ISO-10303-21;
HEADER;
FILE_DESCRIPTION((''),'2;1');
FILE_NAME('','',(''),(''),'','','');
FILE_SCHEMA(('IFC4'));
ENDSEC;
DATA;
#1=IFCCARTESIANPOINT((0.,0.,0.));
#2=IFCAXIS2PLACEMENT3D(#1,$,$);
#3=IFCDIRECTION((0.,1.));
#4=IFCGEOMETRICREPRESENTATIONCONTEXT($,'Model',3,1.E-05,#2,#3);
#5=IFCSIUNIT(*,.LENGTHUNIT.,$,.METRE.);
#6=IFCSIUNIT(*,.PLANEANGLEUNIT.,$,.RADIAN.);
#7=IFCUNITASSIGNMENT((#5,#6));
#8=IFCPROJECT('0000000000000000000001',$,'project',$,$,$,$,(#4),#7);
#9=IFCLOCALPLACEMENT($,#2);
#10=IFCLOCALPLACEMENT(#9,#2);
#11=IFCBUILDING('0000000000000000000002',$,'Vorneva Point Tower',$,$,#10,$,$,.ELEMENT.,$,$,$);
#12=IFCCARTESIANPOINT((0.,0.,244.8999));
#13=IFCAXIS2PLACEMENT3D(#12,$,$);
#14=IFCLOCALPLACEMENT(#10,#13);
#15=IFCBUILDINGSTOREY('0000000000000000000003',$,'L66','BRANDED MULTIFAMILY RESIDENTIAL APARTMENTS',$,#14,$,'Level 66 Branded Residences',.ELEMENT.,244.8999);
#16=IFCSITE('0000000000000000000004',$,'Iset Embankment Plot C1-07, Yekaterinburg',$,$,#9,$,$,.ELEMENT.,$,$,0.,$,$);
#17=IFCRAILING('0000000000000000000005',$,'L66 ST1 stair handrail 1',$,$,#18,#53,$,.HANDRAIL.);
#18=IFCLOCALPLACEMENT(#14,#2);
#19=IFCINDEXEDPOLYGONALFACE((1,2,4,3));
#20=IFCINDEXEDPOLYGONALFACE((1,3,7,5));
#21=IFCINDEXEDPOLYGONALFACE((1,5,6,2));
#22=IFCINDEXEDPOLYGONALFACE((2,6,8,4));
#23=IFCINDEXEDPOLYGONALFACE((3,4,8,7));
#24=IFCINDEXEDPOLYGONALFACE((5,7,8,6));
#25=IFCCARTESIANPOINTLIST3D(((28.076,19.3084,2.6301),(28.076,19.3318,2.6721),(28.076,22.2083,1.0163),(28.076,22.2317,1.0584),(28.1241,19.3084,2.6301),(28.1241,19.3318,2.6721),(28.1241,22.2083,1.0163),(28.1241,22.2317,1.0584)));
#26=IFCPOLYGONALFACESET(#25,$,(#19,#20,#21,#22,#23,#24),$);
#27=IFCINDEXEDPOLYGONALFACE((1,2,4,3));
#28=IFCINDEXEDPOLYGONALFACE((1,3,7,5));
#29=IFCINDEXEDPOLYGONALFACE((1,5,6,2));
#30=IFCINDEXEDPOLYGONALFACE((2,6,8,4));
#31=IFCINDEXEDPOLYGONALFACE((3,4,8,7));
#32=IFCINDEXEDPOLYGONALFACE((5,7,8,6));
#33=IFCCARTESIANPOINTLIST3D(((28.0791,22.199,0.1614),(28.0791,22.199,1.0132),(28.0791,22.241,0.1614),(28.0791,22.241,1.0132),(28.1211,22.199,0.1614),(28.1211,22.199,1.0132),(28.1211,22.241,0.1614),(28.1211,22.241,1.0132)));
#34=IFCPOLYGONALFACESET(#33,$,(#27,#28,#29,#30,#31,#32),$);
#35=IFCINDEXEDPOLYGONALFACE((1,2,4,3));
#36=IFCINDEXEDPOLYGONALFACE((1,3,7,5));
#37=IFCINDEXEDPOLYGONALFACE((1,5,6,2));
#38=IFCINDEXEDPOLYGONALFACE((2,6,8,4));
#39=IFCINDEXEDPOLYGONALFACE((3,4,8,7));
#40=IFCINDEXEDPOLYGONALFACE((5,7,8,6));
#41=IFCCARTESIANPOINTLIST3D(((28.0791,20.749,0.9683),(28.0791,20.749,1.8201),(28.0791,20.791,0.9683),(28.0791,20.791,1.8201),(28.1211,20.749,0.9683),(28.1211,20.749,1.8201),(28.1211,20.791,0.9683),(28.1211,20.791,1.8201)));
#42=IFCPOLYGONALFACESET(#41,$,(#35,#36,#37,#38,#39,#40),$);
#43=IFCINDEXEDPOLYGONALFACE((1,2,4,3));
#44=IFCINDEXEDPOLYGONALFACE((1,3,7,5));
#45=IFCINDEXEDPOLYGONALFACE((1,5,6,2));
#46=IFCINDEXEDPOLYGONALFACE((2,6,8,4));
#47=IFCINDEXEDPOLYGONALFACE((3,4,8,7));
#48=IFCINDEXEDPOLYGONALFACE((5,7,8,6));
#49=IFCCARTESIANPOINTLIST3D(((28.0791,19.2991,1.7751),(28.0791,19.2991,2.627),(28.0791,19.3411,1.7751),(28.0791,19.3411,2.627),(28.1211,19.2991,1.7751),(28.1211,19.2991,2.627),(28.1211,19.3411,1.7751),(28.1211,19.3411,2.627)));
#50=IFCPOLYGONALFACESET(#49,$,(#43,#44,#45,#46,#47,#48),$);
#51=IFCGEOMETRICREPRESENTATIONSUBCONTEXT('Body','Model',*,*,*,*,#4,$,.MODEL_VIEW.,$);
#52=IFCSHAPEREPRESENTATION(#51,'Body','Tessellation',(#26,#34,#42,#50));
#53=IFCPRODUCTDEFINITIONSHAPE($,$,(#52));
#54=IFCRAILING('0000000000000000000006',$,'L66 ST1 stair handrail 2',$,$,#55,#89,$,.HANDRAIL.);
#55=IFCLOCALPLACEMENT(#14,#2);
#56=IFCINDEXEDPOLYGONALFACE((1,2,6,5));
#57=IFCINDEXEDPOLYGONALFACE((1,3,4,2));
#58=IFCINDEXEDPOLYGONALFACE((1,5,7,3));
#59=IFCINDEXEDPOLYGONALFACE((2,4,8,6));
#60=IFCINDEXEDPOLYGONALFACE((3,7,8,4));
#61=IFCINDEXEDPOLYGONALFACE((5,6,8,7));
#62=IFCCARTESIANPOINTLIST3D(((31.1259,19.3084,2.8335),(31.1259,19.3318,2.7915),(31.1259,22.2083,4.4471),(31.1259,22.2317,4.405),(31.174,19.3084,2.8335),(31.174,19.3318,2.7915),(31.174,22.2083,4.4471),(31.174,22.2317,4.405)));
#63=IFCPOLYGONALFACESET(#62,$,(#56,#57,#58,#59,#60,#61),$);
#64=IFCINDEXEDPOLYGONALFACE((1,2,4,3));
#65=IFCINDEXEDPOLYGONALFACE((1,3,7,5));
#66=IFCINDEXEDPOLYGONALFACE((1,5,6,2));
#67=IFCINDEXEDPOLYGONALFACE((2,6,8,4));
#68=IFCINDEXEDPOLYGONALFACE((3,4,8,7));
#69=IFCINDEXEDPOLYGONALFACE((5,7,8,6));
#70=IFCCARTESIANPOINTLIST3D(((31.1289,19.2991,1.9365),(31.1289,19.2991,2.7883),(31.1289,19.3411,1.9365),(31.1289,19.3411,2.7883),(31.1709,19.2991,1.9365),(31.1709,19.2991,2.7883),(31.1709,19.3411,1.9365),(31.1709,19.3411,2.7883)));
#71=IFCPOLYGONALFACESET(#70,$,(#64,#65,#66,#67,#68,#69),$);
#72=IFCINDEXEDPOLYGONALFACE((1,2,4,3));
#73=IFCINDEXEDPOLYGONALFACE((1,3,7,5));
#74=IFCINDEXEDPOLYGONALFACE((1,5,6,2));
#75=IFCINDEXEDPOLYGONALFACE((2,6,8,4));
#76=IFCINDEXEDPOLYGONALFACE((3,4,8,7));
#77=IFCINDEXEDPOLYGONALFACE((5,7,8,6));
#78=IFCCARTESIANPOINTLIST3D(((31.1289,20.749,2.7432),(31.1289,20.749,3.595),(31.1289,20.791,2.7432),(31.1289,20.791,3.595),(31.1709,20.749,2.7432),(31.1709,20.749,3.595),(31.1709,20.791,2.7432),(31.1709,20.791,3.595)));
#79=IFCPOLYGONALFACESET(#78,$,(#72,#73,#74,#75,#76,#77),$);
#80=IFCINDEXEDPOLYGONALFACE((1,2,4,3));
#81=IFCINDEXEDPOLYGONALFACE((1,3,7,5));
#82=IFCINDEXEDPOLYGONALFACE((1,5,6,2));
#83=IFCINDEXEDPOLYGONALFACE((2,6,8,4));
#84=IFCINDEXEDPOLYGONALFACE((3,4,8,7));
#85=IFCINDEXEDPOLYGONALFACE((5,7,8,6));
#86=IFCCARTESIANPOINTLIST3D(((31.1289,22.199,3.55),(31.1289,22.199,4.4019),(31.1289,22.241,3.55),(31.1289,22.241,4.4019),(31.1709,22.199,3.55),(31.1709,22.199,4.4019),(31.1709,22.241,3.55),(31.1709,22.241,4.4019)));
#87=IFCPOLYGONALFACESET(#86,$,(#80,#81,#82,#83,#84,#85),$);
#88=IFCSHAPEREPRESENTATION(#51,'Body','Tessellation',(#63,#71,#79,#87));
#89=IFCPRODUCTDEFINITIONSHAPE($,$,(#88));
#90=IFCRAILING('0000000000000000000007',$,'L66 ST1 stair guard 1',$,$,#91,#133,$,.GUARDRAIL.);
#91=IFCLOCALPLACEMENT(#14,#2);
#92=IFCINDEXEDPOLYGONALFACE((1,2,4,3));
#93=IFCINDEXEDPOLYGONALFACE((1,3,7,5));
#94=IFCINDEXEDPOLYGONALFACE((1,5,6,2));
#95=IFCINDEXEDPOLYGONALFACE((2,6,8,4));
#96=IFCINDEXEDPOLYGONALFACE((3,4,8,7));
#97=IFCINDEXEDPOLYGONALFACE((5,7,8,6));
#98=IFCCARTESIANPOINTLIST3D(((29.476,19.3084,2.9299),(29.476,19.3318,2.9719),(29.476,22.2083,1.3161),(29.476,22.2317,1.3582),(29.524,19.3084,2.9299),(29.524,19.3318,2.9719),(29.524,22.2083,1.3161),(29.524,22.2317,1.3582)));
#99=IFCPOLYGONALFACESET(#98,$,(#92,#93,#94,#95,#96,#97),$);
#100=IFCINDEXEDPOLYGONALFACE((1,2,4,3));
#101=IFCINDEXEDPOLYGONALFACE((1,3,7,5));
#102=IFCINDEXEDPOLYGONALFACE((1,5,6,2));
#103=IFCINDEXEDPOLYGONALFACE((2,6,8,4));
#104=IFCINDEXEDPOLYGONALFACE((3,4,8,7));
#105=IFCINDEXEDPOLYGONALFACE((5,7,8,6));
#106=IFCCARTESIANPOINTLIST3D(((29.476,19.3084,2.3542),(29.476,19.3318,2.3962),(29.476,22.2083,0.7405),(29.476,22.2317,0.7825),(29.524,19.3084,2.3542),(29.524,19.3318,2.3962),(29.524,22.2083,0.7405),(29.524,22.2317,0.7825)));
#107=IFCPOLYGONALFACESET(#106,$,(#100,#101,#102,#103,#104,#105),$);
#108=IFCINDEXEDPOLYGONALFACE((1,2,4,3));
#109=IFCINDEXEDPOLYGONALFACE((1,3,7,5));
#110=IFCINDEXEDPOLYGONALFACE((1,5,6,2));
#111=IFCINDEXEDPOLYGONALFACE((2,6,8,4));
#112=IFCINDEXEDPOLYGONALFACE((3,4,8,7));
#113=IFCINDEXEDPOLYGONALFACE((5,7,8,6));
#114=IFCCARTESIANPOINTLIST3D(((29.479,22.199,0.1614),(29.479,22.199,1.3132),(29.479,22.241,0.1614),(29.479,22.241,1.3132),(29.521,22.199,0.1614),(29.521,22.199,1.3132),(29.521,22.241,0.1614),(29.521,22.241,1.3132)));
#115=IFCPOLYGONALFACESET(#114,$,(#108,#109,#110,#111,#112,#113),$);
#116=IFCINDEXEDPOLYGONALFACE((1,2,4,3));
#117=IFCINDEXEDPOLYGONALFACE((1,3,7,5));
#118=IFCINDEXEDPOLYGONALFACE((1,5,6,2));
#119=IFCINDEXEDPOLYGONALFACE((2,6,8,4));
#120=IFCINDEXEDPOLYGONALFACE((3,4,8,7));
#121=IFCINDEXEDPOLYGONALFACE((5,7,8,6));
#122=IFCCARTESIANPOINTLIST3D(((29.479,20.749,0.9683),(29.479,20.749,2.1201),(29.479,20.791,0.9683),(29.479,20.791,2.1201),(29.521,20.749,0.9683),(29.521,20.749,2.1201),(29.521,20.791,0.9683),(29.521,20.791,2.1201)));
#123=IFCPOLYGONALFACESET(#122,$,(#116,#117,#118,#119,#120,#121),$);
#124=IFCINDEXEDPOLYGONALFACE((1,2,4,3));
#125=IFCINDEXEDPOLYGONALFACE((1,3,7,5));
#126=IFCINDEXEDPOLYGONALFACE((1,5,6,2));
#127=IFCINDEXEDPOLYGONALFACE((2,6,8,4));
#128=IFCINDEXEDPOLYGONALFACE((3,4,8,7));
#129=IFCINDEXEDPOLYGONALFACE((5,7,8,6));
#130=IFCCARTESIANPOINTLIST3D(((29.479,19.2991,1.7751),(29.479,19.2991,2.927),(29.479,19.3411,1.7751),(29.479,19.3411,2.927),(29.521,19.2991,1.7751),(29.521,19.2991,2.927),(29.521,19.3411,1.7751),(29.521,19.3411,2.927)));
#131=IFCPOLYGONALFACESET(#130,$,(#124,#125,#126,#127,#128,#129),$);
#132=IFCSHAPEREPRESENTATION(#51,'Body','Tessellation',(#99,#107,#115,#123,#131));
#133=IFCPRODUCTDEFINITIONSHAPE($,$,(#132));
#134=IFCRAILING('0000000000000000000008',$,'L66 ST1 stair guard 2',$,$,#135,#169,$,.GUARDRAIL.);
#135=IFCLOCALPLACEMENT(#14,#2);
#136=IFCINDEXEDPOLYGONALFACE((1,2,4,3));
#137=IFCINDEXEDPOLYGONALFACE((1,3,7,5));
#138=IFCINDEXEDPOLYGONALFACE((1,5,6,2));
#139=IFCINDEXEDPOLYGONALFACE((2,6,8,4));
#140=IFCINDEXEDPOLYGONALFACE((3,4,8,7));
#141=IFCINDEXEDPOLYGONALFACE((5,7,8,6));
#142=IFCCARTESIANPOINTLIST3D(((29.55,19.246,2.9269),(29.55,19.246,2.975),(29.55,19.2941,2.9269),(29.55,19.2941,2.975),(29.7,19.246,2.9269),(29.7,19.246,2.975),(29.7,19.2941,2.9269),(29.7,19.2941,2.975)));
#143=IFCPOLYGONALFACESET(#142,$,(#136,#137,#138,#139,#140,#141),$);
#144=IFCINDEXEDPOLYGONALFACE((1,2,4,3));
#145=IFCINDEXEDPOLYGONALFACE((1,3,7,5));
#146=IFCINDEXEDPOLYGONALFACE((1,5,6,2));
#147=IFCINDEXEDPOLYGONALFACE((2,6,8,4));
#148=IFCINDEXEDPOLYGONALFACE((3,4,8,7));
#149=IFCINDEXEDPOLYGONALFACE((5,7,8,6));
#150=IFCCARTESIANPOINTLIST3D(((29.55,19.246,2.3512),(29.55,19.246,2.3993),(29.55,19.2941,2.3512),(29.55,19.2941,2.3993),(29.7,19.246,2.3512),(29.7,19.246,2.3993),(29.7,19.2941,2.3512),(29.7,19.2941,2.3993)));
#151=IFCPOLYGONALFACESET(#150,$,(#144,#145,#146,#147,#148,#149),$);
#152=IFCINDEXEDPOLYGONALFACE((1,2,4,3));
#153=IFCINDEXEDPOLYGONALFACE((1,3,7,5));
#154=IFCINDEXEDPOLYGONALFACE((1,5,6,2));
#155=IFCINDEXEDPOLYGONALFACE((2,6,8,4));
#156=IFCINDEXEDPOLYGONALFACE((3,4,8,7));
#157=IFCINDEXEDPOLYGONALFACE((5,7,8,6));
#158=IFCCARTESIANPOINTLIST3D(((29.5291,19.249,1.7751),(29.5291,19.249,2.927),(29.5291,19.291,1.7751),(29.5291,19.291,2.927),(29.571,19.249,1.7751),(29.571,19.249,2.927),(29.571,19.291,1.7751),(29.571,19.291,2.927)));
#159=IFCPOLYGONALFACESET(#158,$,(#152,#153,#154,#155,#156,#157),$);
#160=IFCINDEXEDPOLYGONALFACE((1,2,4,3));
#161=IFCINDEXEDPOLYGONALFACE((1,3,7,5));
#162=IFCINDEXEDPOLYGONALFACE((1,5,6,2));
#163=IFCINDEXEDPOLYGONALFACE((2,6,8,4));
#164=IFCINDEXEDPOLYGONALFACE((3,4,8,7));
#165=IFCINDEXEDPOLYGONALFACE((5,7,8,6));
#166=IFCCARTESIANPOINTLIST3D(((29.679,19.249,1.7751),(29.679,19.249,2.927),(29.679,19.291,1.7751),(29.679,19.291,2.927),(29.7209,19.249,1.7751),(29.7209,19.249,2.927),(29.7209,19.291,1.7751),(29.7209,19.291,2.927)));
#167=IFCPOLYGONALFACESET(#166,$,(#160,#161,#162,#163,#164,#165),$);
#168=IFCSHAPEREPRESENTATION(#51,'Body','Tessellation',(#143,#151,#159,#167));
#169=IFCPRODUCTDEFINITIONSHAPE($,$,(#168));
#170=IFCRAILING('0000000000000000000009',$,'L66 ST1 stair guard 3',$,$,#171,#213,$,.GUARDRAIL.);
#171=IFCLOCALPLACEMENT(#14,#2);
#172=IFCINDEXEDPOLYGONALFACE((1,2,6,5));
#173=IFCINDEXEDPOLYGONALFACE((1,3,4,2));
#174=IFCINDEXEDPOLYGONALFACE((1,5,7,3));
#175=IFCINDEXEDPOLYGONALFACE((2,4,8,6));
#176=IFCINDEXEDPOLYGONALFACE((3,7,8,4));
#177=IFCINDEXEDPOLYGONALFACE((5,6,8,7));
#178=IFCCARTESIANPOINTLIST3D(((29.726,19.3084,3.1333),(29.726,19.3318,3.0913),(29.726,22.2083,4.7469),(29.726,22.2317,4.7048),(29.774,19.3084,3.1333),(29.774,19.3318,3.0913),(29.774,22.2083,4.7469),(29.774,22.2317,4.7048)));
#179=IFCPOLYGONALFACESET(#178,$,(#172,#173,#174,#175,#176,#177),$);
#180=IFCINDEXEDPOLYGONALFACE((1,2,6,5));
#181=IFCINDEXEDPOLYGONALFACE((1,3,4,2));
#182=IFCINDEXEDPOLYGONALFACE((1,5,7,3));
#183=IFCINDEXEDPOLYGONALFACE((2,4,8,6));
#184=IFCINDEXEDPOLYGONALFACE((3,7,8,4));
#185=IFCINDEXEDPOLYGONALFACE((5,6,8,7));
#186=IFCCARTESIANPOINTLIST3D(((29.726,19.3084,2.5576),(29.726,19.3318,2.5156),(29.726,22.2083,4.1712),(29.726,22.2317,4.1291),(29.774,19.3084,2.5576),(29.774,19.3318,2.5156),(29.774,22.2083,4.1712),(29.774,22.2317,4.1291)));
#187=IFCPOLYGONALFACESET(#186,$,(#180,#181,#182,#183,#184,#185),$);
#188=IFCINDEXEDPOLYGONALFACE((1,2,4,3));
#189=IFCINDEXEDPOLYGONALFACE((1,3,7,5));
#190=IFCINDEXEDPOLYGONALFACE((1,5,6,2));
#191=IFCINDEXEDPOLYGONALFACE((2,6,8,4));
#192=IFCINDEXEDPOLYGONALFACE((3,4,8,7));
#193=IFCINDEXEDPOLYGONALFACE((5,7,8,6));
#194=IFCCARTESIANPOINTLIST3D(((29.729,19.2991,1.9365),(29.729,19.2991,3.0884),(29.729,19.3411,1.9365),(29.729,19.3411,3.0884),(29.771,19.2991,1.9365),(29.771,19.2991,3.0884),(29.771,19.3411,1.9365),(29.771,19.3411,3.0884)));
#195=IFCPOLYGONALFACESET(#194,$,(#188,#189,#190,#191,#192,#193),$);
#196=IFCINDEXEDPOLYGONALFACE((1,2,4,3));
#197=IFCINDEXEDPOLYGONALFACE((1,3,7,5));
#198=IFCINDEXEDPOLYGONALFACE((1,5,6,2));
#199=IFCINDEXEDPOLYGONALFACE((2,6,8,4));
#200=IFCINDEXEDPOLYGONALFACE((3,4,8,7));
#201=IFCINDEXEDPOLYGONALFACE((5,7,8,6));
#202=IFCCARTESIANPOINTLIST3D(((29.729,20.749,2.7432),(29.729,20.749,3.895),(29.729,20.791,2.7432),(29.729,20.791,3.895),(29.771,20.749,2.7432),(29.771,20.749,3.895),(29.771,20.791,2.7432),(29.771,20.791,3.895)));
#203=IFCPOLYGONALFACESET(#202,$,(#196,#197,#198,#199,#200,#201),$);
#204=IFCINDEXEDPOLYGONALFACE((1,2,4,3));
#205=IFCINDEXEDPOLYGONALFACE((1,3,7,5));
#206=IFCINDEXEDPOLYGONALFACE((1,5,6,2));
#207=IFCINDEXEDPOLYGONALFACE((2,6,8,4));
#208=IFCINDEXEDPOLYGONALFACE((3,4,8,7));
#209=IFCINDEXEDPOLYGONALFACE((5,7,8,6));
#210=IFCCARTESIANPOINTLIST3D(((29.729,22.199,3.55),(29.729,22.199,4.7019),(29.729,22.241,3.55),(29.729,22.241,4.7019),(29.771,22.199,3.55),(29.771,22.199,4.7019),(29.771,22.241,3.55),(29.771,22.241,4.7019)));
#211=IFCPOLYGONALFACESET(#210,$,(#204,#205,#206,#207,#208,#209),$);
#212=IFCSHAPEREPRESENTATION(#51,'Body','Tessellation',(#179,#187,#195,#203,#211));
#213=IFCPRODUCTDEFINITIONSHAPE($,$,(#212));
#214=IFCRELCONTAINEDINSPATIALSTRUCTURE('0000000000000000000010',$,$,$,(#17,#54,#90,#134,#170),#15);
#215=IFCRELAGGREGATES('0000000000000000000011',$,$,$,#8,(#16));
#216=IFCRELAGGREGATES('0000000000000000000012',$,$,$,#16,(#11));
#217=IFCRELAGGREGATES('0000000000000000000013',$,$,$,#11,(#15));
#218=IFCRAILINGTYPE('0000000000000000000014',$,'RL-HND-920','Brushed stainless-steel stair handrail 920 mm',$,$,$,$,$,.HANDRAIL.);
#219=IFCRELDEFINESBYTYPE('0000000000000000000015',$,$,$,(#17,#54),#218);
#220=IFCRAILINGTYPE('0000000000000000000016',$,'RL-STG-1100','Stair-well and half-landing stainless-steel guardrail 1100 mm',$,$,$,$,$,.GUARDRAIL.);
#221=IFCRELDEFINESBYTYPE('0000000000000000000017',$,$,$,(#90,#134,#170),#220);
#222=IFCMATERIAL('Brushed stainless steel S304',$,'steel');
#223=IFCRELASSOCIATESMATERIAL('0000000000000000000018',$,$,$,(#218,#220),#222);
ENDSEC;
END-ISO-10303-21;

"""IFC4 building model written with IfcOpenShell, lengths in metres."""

from ifc_helpers import new_model, si_unit, direction, frame, origin, origin_2d, place, context, subcontext, project, spatial, rectangle, extrude, material, type_object, element, save


model = new_model("IFC4")

# Units and contexts
model_context = context("Model", 3, precision=1e-05, world=origin(), true_north=direction((0.0, 1.0)))
body_context = subcontext(model_context, "Body", "Model", "MODEL_VIEW")
ifc_project = project(units=[si_unit("LENGTHUNIT", "METRE"), si_unit("PLANEANGLEUNIT", "RADIAN")], contexts=[model_context])

# Site, building, storey
site_placement = place(None, origin())
site = spatial("IfcSite", under=ifc_project, at=site_placement, Name="Iset Embankment Plot C1-07, Yekaterinburg", CompositionType="ELEMENT", RefElevation=0.0)
building_placement = place(site_placement, origin())
building = spatial("IfcBuilding", under=site, at=building_placement, Name="Vorneva Point Tower", CompositionType="ELEMENT")
storey_placement = place(building_placement, frame((0.0, 0.0, 244.8999)))
storey = spatial("IfcBuildingStorey", under=building, at=storey_placement, Name="L66", Description="BRANDED MULTIFAMILY RESIDENTIAL APARTMENTS", LongName="Level 66 Branded Residences", CompositionType="ELEMENT", Elevation=244.8999)

# Railings
ifc_material_1 = material(Name="Brushed stainless steel S304", Category="steel")
railing_type_1 = type_object("IfcRailingType", Name="RL-HND-920", Description="Brushed stainless-steel stair handrail 920 mm", PredefinedType="HANDRAIL", material=ifc_material_1)
railing_1_placement = place(storey_placement, frame((28.1001, 22.22, 0.1614)))
element("IfcRailing", 1, at=railing_1_placement, inside=storey, type_object=railing_type_1, Name="L66 ST1 stair handrail 1", PredefinedType="HANDRAIL", context=body_context, shape_type="SweptSolid", body=[
    extrude(rectangle(XDim=0.0481, YDim=0.0481, at=origin_2d()), frame((0.0, 0.0, 0.876), z_axis=(0.0, -0.87381, 0.486267), x_axis=(1.0, 0.0, 0.0)), (0.0, 0.0, 1.0), 3.3186),
    extrude(rectangle(XDim=0.042, YDim=0.042, at=origin_2d()), origin(), (0.0, 0.0, 1.0), 0.8518),
    extrude(rectangle(XDim=0.042, YDim=0.042, at=origin_2d()), frame((0.0, -1.45, 0.8069)), (0.0, 0.0, 1.0), 0.8518),
    extrude(rectangle(XDim=0.042, YDim=0.042, at=origin_2d()), frame((0.0, -2.8999, 1.6138)), (0.0, 0.0, 1.0), 0.8518),
])
railing_2_placement = place(storey_placement, frame((31.1499, 19.3201, 1.9365)))
element("IfcRailing", 2, at=railing_2_placement, inside=storey, type_object=railing_type_1, Name="L66 ST1 stair handrail 2", PredefinedType="HANDRAIL", context=body_context, shape_type="SweptSolid", body=[
    extrude(rectangle(XDim=0.0481, YDim=0.0481, at=origin_2d()), frame((0.0, 0.0, 0.876), z_axis=(0.0, 0.873841, 0.486211), x_axis=(-1.0, 0.0, 0.0)), (0.0, 0.0, 1.0), 3.3186),
    extrude(rectangle(XDim=0.042, YDim=0.042, at=origin_2d()), origin(), (0.0, 0.0, 1.0), 0.8518),
    extrude(rectangle(XDim=0.042, YDim=0.042, at=origin_2d()), frame((0.0, 1.45, 0.8066)), (0.0, 0.0, 1.0), 0.8518),
    extrude(rectangle(XDim=0.042, YDim=0.042, at=origin_2d()), frame((0.0, 2.8999, 1.6135)), (0.0, 0.0, 1.0), 0.8518),
])
railing_type_2 = type_object("IfcRailingType", Name="RL-STG-1100", Description="Stair-well and half-landing stainless-steel guardrail 1100 mm", PredefinedType="GUARDRAIL", material=ifc_material_1)
railing_3_placement = place(storey_placement, frame((29.5, 22.22, 0.1614)))
element("IfcRailing", 3, at=railing_3_placement, inside=storey, type_object=railing_type_2, Name="L66 ST1 stair guard 1", PredefinedType="GUARDRAIL", context=body_context, shape_type="SweptSolid", body=[
    extrude(rectangle(XDim=0.0481, YDim=0.0481, at=origin_2d()), frame((0.0, 0.0, 1.1758), z_axis=(0.0, -0.87381, 0.486267), x_axis=(1.0, 0.0, 0.0)), (0.0, 0.0, 1.0), 3.3186),
    extrude(rectangle(XDim=0.0481, YDim=0.0481, at=origin_2d()), frame((0.0, 0.0, 0.6001), z_axis=(0.0, -0.87381, 0.486267), x_axis=(1.0, 0.0, 0.0)), (0.0, 0.0, 1.0), 3.3186),
    extrude(rectangle(XDim=0.042, YDim=0.042, at=origin_2d()), origin(), (0.0, 0.0, 1.0), 1.1519),
    extrude(rectangle(XDim=0.042, YDim=0.042, at=origin_2d()), frame((0.0, -1.45, 0.8069)), (0.0, 0.0, 1.0), 1.1519),
    extrude(rectangle(XDim=0.042, YDim=0.042, at=origin_2d()), frame((0.0, -2.8999, 1.6138)), (0.0, 0.0, 1.0), 1.1519),
])
railing_4_placement = place(storey_placement, frame((29.55, 19.27, 1.7751)))
element("IfcRailing", 4, at=railing_4_placement, inside=storey, type_object=railing_type_2, Name="L66 ST1 stair guard 2", PredefinedType="GUARDRAIL", context=body_context, shape_type="SweptSolid", body=[
    extrude(rectangle(XDim=0.0481, YDim=0.0481, at=origin_2d()), frame((0.0, 0.0, 1.1758), z_axis=(1.0, 0.0, 0.0), x_axis=(0.0, 1.0, 0.0)), (0.0, 0.0, 1.0), 0.1499),
    extrude(rectangle(XDim=0.0481, YDim=0.0481, at=origin_2d()), frame((0.0, 0.0, 0.6001), z_axis=(1.0, 0.0, 0.0), x_axis=(0.0, 1.0, 0.0)), (0.0, 0.0, 1.0), 0.1499),
    extrude(rectangle(XDim=0.042, YDim=0.042, at=origin_2d()), origin(), (0.0, 0.0, 1.0), 1.1519),
    extrude(rectangle(XDim=0.042, YDim=0.042, at=origin_2d()), frame((0.1499, 0.0, 0.0)), (0.0, 0.0, 1.0), 1.1519),
])
railing_5_placement = place(storey_placement, frame((29.75, 19.3201, 1.9365)))
element("IfcRailing", 5, at=railing_5_placement, inside=storey, type_object=railing_type_2, Name="L66 ST1 stair guard 3", PredefinedType="GUARDRAIL", context=body_context, shape_type="SweptSolid", body=[
    extrude(rectangle(XDim=0.0481, YDim=0.0481, at=origin_2d()), frame((0.0, 0.0, 1.1758), z_axis=(0.0, 0.873841, 0.486211), x_axis=(-1.0, 0.0, 0.0)), (0.0, 0.0, 1.0), 3.3186),
    extrude(rectangle(XDim=0.0481, YDim=0.0481, at=origin_2d()), frame((0.0, 0.0, 0.6001), z_axis=(0.0, 0.873841, 0.486211), x_axis=(-1.0, 0.0, 0.0)), (0.0, 0.0, 1.0), 3.3186),
    extrude(rectangle(XDim=0.042, YDim=0.042, at=origin_2d()), origin(), (0.0, 0.0, 1.0), 1.1519),
    extrude(rectangle(XDim=0.042, YDim=0.042, at=origin_2d()), frame((0.0, 1.45, 0.8066)), (0.0, 0.0, 1.0), 1.1519),
    extrude(rectangle(XDim=0.042, YDim=0.042, at=origin_2d()), frame((0.0, 2.8999, 1.6135)), (0.0, 0.0, 1.0), 1.1519),
])

save(model, "model.ifc")
